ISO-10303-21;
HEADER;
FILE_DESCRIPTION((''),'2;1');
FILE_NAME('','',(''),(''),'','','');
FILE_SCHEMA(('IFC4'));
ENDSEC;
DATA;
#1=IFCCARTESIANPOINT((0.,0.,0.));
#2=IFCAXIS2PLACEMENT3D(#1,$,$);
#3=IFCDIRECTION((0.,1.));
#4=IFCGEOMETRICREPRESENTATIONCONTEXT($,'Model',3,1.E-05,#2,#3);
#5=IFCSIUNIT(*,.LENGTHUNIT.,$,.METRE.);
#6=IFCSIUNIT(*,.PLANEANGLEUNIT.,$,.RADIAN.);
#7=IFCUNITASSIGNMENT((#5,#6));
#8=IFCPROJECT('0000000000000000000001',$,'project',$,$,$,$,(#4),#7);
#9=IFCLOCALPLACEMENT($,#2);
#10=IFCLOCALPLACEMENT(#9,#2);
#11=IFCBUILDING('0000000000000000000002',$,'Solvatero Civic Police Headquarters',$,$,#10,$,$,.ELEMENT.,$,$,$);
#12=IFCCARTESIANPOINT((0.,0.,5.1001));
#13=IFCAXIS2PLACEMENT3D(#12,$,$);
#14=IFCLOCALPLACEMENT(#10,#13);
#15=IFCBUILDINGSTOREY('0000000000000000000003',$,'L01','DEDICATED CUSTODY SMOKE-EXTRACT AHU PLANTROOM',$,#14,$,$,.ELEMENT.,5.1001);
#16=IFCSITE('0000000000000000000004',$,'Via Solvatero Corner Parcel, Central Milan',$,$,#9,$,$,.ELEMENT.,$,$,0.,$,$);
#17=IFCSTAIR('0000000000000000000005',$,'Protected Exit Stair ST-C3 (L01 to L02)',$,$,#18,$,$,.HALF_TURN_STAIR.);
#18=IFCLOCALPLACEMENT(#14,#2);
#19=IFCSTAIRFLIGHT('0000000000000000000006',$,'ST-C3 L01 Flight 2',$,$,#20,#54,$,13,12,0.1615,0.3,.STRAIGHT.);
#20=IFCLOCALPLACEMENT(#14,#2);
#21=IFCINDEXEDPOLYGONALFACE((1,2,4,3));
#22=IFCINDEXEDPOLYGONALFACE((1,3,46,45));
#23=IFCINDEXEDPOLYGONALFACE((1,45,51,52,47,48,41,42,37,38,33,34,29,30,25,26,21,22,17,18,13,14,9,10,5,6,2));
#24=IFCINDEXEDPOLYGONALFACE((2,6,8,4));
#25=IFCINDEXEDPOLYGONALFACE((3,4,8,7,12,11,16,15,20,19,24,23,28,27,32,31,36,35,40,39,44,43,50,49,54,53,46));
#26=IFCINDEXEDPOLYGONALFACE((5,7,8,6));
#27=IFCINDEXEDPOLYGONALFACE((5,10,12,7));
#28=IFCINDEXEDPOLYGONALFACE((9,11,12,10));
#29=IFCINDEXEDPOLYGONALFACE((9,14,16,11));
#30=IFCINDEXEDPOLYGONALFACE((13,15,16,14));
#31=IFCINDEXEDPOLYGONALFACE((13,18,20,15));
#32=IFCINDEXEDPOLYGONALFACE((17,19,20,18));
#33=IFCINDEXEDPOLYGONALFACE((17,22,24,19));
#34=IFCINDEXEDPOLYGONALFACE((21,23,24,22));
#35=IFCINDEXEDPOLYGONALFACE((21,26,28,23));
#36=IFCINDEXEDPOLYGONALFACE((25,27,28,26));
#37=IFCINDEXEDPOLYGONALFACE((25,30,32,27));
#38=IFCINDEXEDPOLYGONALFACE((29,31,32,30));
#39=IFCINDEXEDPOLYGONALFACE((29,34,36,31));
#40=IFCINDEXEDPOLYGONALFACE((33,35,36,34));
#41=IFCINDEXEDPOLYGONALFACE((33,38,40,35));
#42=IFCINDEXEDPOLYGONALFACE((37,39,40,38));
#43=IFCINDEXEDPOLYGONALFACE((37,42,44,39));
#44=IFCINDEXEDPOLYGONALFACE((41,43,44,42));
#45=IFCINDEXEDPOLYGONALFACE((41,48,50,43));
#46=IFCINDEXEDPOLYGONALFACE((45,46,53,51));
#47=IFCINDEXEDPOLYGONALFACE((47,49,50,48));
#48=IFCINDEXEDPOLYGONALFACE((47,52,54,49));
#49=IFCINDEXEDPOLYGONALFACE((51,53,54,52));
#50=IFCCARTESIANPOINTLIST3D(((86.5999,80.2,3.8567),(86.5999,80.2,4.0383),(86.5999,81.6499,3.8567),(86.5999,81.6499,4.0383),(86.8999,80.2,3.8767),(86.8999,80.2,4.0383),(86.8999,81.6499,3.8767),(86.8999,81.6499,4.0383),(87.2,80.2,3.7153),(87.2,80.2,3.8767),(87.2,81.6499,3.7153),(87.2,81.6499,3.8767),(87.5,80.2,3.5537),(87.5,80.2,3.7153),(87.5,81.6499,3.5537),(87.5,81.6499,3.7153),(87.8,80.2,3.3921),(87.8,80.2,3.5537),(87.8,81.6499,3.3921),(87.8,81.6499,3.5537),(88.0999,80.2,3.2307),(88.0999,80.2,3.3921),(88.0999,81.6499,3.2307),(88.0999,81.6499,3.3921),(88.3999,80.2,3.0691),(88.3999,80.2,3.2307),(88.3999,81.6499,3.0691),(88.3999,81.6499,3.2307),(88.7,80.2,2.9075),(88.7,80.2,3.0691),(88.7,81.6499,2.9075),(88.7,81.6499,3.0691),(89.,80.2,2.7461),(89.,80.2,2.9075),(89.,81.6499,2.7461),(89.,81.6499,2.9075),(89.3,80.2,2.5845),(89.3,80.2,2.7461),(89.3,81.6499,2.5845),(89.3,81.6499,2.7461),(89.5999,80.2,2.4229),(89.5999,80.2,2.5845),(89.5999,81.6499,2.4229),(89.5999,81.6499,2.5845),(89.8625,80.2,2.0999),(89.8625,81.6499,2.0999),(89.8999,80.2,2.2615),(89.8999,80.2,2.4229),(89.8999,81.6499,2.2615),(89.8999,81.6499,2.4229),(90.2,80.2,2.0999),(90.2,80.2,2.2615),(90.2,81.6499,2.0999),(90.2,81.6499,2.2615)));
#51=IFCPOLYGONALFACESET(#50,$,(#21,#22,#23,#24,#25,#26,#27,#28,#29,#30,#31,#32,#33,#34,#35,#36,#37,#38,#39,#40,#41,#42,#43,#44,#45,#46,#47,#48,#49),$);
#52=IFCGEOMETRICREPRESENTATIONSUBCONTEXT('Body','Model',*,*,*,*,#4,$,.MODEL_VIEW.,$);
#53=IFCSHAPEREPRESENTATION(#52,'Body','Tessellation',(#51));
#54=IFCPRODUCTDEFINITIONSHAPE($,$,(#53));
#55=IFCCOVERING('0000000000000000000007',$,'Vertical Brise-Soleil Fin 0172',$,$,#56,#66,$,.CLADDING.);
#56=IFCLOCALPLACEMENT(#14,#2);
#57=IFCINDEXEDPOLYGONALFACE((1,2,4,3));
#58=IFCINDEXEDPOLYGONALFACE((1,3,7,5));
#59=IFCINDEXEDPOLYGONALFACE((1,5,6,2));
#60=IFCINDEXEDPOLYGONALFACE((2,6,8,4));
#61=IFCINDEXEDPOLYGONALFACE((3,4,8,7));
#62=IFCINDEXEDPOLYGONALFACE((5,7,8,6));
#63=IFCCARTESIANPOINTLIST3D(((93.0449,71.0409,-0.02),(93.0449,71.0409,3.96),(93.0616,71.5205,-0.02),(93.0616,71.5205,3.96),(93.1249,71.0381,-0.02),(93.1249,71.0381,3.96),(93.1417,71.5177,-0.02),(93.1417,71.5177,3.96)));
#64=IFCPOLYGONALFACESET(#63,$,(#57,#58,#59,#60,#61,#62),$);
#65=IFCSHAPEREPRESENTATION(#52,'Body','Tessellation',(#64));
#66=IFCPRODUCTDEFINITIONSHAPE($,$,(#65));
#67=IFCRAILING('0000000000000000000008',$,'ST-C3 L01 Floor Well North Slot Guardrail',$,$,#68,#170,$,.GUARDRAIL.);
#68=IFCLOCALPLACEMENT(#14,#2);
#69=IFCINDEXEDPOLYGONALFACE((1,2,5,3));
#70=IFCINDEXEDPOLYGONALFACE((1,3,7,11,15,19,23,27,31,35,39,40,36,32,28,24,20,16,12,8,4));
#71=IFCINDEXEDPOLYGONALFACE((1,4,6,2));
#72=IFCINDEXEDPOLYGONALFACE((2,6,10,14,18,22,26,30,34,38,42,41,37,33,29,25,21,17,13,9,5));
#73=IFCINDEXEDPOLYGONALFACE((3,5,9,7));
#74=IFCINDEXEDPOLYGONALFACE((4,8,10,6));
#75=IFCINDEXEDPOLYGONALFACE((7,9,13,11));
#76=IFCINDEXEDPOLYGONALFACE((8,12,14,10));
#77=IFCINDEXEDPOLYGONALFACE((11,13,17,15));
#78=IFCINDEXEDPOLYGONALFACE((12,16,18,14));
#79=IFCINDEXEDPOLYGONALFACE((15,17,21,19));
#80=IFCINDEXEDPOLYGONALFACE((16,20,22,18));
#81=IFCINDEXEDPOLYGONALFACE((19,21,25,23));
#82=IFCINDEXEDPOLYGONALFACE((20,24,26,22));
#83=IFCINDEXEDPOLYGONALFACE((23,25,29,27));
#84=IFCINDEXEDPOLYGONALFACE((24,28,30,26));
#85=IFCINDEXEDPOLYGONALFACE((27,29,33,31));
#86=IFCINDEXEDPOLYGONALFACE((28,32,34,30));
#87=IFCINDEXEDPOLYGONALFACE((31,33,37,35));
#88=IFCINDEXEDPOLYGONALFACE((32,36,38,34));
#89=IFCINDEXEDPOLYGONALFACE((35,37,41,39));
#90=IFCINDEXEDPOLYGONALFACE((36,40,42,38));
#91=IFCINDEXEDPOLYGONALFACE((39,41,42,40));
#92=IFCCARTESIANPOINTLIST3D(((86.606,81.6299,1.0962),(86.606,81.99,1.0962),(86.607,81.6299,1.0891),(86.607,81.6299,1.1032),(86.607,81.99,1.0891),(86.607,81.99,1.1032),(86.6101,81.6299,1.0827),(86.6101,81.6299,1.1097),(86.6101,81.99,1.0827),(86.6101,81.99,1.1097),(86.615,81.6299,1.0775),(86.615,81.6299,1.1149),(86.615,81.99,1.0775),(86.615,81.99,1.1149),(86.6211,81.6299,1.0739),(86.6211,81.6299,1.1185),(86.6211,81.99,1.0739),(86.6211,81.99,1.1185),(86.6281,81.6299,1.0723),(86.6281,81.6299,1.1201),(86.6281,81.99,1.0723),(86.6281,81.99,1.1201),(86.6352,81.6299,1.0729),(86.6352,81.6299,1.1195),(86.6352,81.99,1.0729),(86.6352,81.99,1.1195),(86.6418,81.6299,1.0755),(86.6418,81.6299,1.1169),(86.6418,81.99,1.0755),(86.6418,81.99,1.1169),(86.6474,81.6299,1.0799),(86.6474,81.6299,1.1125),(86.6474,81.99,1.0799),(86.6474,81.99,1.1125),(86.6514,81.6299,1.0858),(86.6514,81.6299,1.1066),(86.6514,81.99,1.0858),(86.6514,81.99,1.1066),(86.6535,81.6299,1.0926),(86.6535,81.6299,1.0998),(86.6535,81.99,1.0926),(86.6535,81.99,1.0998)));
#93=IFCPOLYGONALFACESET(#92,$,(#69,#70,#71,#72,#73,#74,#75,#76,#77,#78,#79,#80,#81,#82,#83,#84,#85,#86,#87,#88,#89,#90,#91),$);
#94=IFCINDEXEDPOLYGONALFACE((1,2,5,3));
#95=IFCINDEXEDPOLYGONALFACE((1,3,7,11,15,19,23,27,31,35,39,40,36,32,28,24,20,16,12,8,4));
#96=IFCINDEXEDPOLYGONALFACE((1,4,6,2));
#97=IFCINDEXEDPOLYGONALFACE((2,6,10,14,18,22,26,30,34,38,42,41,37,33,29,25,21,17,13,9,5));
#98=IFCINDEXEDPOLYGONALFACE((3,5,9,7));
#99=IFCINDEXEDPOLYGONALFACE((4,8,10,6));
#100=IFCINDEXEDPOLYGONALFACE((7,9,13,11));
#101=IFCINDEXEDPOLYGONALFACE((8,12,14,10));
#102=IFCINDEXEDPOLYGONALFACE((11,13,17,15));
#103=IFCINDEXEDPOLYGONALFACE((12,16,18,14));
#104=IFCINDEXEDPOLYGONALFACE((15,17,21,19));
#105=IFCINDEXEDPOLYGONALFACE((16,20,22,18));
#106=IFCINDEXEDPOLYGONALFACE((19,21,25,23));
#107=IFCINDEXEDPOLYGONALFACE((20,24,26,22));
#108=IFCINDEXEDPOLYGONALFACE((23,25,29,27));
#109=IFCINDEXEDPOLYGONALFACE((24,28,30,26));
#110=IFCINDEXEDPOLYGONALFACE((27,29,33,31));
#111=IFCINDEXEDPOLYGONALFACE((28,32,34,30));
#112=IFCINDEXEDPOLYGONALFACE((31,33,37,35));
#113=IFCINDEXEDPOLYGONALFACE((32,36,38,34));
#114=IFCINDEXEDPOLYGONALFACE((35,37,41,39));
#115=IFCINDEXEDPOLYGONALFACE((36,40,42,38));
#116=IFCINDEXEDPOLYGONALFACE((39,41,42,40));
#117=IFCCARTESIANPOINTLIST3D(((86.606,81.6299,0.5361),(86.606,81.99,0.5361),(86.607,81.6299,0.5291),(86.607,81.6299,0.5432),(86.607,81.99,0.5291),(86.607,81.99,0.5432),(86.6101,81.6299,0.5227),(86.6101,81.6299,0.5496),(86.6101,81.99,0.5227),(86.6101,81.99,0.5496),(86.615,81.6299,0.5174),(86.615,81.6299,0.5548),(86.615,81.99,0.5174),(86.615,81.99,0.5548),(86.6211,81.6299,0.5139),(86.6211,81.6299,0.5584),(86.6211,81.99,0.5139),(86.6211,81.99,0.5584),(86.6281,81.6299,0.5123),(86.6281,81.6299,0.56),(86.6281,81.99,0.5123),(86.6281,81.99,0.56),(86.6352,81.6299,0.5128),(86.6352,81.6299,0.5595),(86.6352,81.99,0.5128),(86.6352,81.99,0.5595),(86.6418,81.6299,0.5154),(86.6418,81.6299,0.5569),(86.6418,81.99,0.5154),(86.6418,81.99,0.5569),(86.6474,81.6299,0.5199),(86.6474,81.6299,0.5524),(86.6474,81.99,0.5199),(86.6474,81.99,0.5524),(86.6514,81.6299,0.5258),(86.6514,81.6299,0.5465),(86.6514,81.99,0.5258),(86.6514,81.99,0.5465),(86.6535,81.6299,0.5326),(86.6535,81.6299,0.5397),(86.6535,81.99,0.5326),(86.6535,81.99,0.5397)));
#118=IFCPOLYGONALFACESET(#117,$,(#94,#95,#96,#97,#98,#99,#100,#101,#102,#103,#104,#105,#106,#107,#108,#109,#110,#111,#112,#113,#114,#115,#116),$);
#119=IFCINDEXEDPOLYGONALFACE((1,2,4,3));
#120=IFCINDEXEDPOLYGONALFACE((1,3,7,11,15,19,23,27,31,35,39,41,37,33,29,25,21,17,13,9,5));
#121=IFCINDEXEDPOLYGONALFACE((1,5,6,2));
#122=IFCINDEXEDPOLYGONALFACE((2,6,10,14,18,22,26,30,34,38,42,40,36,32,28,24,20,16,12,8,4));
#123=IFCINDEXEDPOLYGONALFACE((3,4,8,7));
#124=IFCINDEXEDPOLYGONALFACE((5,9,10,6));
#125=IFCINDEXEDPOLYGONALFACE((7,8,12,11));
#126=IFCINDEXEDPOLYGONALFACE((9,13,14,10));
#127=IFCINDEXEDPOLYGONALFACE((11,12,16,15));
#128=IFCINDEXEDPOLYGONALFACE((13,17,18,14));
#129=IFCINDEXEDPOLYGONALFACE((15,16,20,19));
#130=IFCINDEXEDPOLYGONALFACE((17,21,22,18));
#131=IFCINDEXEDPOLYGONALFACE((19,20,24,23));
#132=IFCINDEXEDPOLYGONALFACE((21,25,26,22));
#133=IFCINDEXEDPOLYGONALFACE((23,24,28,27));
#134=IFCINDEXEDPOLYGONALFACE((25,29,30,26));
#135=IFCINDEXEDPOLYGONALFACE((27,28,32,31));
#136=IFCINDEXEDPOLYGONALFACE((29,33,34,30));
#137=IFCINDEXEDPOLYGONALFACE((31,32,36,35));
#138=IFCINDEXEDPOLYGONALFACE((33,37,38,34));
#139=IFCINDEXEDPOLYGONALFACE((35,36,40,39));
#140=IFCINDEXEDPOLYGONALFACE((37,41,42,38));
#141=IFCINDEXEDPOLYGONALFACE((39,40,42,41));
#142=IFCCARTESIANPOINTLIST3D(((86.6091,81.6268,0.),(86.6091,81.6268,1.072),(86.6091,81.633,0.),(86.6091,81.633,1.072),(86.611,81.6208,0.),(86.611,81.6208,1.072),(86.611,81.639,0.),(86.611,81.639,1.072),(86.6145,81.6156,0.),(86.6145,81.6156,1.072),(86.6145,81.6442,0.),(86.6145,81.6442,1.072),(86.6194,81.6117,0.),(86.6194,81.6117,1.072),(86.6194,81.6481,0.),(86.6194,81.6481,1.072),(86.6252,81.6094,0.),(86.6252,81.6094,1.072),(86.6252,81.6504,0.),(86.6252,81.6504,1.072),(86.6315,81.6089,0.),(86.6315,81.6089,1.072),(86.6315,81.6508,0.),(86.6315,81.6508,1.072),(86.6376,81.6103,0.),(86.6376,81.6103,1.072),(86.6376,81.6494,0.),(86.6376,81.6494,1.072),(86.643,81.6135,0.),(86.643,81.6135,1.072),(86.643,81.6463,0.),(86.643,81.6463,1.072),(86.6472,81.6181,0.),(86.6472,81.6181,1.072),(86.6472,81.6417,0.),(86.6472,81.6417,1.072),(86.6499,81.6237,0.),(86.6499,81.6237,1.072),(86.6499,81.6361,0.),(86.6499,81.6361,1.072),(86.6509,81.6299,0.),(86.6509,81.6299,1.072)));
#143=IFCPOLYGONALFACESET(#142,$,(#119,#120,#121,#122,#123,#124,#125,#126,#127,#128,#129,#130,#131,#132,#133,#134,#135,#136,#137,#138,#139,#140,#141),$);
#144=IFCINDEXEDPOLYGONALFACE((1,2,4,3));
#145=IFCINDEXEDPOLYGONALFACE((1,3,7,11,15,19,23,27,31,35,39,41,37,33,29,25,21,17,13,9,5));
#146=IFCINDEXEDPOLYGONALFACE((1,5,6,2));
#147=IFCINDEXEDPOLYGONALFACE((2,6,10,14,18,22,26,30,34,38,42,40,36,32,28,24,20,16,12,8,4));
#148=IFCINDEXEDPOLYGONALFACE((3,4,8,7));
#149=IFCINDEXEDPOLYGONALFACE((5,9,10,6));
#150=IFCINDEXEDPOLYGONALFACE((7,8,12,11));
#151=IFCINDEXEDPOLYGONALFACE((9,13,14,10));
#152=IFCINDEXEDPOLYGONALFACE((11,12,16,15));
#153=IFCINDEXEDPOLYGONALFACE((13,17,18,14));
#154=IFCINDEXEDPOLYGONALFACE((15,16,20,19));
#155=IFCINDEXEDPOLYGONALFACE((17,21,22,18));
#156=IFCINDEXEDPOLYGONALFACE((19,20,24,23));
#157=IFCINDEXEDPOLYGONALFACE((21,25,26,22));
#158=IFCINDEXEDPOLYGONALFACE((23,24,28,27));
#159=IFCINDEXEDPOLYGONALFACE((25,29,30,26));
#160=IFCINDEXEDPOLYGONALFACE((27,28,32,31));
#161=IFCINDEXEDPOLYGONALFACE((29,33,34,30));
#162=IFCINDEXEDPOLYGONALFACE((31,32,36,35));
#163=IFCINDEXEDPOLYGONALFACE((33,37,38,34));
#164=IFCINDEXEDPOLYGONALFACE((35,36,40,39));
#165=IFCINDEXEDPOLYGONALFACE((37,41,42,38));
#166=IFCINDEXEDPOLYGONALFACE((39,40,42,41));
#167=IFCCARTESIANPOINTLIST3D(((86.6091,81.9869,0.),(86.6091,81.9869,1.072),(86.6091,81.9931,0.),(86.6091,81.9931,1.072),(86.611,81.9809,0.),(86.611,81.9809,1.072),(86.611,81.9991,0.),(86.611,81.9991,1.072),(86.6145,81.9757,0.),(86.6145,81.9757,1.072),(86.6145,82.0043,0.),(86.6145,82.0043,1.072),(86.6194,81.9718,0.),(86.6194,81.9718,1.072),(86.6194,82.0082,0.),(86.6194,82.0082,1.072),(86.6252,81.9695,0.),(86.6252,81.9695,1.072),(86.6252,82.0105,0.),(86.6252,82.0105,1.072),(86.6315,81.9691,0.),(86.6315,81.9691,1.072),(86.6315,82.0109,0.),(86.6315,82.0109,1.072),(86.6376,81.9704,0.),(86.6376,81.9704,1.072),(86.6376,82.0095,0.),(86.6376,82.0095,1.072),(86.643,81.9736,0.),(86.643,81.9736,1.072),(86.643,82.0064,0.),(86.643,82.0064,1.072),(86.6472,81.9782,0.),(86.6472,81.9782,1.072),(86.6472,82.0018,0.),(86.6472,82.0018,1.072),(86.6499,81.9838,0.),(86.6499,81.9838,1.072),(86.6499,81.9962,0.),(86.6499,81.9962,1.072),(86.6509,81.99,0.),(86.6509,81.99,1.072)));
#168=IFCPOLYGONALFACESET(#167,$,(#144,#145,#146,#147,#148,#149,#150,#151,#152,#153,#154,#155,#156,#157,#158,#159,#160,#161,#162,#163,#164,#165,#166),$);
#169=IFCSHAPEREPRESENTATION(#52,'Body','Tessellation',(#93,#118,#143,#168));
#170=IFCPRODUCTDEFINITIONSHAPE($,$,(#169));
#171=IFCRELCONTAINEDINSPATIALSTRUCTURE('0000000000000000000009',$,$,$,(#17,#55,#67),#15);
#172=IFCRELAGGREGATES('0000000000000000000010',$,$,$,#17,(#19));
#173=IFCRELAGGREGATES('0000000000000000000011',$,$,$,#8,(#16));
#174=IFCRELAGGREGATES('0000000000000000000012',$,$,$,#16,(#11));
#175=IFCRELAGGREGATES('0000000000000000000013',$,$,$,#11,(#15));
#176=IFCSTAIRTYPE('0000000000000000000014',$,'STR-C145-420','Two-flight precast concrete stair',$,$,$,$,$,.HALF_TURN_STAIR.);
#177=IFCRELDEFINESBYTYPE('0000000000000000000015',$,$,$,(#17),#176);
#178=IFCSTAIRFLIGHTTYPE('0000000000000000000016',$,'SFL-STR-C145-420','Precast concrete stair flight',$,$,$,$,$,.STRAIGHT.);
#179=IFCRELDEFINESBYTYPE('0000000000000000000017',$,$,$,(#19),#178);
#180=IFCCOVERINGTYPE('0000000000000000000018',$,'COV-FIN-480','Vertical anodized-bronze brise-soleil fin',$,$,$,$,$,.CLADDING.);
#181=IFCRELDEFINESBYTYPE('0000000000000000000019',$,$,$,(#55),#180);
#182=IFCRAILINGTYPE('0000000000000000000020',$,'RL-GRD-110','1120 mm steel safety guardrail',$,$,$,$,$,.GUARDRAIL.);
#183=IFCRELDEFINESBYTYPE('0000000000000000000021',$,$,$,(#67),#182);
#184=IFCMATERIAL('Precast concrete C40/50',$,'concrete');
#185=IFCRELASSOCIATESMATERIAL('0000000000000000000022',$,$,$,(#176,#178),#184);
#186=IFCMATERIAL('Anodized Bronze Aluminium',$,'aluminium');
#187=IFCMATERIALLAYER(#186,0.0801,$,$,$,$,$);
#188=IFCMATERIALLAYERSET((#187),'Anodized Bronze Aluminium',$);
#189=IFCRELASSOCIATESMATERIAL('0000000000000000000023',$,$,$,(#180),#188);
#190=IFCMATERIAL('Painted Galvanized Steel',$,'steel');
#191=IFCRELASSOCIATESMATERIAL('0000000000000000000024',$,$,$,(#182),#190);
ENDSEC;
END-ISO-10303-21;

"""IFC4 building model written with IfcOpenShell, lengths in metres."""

from ifc_helpers import new_model, si_unit, direction, frame, origin, origin_2d, place, context, subcontext, project, spatial, polyline, rectangle, circle, outline, extrude, material, layer, layer_set, type_object, element, aggregate, save


model = new_model("IFC4")

# Units and contexts
model_context = context("Model", 3, precision=1e-05, world=origin(), true_north=direction((0.0, 1.0)))
body_context = subcontext(model_context, "Body", "Model", "MODEL_VIEW")
ifc_project = project(units=[si_unit("LENGTHUNIT", "METRE"), si_unit("PLANEANGLEUNIT", "RADIAN")], contexts=[model_context])

# Site, building, storey
site_placement = place(None, origin())
site = spatial("IfcSite", under=ifc_project, at=site_placement, Name="Via Solvatero Corner Parcel, Central Milan", CompositionType="ELEMENT", RefElevation=0.0)
building_placement = place(site_placement, origin())
building = spatial("IfcBuilding", under=site, at=building_placement, Name="Solvatero Civic Police Headquarters", CompositionType="ELEMENT")
storey_placement = place(building_placement, frame((0.0, 0.0, 5.1001)))
storey = spatial("IfcBuildingStorey", under=building, at=storey_placement, Name="L01", Description="DEDICATED CUSTODY SMOKE-EXTRACT AHU PLANTROOM", CompositionType="ELEMENT", Elevation=5.1001)

# Stair, stair flight
ifc_material_1 = material(Name="Precast concrete C40/50", Category="concrete")
stair_type = type_object("IfcStairType", Name="STR-C145-420", Description="Two-flight precast concrete stair", PredefinedType="HALF_TURN_STAIR", material=ifc_material_1)
stair_placement = place(storey_placement, origin())
stair = element("IfcStair", 1, at=stair_placement, inside=storey, type_object=stair_type, Name="Protected Exit Stair ST-C3 (L01 to L02)", PredefinedType="HALF_TURN_STAIR")
stair_flight_type = type_object("IfcStairFlightType", Name="SFL-STR-C145-420", Description="Precast concrete stair flight", PredefinedType="STRAIGHT", material=ifc_material_1)
stair_flight_placement = place(storey_placement, frame((90.2, 80.925, 2.0999), z_axis=(0.0, 0.0, 1.0), x_axis=(-1.0, 0.0, 0.0)))
stair_flight = element("IfcStairFlight", 2, at=stair_flight_placement, type_object=stair_flight_type, Name="ST-C3 L01 Flight 2", NumberOfRisers=13, NumberOfTreads=12, PredefinedType="STRAIGHT", RiserHeight=0.1615, TreadLength=0.3, context=body_context, shape_type="SweptSolid", body=[
    extrude(outline(polyline([(0.0, 0.0), (0.0, 0.1616), (0.3, 0.1616), (0.3, 0.323), (0.6001, 0.323), (0.6001, 0.4846), (0.8999, 0.4846), (0.8999, 0.6462), (1.2, 0.6462), (1.2, 0.8076), (1.5, 0.8076), (1.5, 0.9692), (1.8, 0.9692), (1.8, 1.1309), (2.1001, 1.1309), (2.1001, 1.2922), (2.3999, 1.2922), (2.3999, 1.4539), (2.7, 1.4539), (2.7, 1.6155), (3.0, 1.6155), (3.0, 1.7769), (3.3, 1.7769), (3.3, 1.9385), (3.6001, 1.9385), (3.6001, 2.1001), (3.6001, 1.7568), (0.3374, 0.0), (0.0, 0.0)])), frame((0.0, 0.7251, 0.0), z_axis=(0.0, -1.0, 0.0), x_axis=(1.0, 0.0, 0.0)), (0.0, 0.0, 1.0), 1.45),
])
aggregate(stair, [stair_flight])

# Covering
ifc_material_2 = material(Name="Anodized Bronze Aluminium", Category="aluminium")
ifc_layer_1 = layer(ifc_material_2, 0.0801)
ifc_layer_set_1 = layer_set([ifc_layer_1], Name="Anodized Bronze Aluminium")
covering_type = type_object("IfcCoveringType", Name="COV-FIN-480", Description="Vertical anodized-bronze brise-soleil fin", PredefinedType="CLADDING", material=ifc_layer_set_1)
covering_placement = place(storey_placement, frame((93.0933, 71.2793, -0.02), z_axis=(0.0, 0.0, 1.0), x_axis=(-0.999391, 0.034899, 0.0)))
element("IfcCovering", 3, at=covering_placement, inside=storey, type_object=covering_type, Name="Vertical Brise-Soleil Fin 0172", PredefinedType="CLADDING", context=body_context, shape_type="SweptSolid", body=[
    extrude(rectangle(XDim=0.0801, YDim=0.48, at=origin_2d()), origin(), (0.0, 0.0, 1.0), 3.98),
])

# Railing
ifc_material_3 = material(Name="Painted Galvanized Steel", Category="steel")
railing_type_1 = type_object("IfcRailingType", Name="RL-GRD-110", Description="1120 mm steel safety guardrail", PredefinedType="GUARDRAIL", material=ifc_material_3)
railing_1_placement = place(storey_placement, frame((86.6299, 81.6299, 0.0)))
element("IfcRailing", 4, at=railing_1_placement, inside=storey, type_object=railing_type_1, Name="ST-C3 L01 Floor Well North Slot Guardrail", PredefinedType="GUARDRAIL", context=body_context, shape_type="SweptSolid", body=[
    extrude(circle(Radius=0.0239, at=origin_2d()), frame((0.0, 0.0, 1.0962), z_axis=(0.0, 1.0, 0.0), x_axis=(-1.0, 0.0, 0.0)), (0.0, 0.0, 1.0), 0.3601),
    extrude(circle(Radius=0.0239, at=origin_2d()), frame((0.0, 0.0, 0.5361), z_axis=(0.0, 1.0, 0.0), x_axis=(-1.0, 0.0, 0.0)), (0.0, 0.0, 1.0), 0.3601),
    extrude(circle(Radius=0.021, at=origin_2d()), origin(), (0.0, 0.0, 1.0), 1.072),
    extrude(circle(Radius=0.021, at=origin_2d()), frame((0.0, 0.3601, 0.0)), (0.0, 0.0, 1.0), 1.072),
])

save(model, "model.ifc")
